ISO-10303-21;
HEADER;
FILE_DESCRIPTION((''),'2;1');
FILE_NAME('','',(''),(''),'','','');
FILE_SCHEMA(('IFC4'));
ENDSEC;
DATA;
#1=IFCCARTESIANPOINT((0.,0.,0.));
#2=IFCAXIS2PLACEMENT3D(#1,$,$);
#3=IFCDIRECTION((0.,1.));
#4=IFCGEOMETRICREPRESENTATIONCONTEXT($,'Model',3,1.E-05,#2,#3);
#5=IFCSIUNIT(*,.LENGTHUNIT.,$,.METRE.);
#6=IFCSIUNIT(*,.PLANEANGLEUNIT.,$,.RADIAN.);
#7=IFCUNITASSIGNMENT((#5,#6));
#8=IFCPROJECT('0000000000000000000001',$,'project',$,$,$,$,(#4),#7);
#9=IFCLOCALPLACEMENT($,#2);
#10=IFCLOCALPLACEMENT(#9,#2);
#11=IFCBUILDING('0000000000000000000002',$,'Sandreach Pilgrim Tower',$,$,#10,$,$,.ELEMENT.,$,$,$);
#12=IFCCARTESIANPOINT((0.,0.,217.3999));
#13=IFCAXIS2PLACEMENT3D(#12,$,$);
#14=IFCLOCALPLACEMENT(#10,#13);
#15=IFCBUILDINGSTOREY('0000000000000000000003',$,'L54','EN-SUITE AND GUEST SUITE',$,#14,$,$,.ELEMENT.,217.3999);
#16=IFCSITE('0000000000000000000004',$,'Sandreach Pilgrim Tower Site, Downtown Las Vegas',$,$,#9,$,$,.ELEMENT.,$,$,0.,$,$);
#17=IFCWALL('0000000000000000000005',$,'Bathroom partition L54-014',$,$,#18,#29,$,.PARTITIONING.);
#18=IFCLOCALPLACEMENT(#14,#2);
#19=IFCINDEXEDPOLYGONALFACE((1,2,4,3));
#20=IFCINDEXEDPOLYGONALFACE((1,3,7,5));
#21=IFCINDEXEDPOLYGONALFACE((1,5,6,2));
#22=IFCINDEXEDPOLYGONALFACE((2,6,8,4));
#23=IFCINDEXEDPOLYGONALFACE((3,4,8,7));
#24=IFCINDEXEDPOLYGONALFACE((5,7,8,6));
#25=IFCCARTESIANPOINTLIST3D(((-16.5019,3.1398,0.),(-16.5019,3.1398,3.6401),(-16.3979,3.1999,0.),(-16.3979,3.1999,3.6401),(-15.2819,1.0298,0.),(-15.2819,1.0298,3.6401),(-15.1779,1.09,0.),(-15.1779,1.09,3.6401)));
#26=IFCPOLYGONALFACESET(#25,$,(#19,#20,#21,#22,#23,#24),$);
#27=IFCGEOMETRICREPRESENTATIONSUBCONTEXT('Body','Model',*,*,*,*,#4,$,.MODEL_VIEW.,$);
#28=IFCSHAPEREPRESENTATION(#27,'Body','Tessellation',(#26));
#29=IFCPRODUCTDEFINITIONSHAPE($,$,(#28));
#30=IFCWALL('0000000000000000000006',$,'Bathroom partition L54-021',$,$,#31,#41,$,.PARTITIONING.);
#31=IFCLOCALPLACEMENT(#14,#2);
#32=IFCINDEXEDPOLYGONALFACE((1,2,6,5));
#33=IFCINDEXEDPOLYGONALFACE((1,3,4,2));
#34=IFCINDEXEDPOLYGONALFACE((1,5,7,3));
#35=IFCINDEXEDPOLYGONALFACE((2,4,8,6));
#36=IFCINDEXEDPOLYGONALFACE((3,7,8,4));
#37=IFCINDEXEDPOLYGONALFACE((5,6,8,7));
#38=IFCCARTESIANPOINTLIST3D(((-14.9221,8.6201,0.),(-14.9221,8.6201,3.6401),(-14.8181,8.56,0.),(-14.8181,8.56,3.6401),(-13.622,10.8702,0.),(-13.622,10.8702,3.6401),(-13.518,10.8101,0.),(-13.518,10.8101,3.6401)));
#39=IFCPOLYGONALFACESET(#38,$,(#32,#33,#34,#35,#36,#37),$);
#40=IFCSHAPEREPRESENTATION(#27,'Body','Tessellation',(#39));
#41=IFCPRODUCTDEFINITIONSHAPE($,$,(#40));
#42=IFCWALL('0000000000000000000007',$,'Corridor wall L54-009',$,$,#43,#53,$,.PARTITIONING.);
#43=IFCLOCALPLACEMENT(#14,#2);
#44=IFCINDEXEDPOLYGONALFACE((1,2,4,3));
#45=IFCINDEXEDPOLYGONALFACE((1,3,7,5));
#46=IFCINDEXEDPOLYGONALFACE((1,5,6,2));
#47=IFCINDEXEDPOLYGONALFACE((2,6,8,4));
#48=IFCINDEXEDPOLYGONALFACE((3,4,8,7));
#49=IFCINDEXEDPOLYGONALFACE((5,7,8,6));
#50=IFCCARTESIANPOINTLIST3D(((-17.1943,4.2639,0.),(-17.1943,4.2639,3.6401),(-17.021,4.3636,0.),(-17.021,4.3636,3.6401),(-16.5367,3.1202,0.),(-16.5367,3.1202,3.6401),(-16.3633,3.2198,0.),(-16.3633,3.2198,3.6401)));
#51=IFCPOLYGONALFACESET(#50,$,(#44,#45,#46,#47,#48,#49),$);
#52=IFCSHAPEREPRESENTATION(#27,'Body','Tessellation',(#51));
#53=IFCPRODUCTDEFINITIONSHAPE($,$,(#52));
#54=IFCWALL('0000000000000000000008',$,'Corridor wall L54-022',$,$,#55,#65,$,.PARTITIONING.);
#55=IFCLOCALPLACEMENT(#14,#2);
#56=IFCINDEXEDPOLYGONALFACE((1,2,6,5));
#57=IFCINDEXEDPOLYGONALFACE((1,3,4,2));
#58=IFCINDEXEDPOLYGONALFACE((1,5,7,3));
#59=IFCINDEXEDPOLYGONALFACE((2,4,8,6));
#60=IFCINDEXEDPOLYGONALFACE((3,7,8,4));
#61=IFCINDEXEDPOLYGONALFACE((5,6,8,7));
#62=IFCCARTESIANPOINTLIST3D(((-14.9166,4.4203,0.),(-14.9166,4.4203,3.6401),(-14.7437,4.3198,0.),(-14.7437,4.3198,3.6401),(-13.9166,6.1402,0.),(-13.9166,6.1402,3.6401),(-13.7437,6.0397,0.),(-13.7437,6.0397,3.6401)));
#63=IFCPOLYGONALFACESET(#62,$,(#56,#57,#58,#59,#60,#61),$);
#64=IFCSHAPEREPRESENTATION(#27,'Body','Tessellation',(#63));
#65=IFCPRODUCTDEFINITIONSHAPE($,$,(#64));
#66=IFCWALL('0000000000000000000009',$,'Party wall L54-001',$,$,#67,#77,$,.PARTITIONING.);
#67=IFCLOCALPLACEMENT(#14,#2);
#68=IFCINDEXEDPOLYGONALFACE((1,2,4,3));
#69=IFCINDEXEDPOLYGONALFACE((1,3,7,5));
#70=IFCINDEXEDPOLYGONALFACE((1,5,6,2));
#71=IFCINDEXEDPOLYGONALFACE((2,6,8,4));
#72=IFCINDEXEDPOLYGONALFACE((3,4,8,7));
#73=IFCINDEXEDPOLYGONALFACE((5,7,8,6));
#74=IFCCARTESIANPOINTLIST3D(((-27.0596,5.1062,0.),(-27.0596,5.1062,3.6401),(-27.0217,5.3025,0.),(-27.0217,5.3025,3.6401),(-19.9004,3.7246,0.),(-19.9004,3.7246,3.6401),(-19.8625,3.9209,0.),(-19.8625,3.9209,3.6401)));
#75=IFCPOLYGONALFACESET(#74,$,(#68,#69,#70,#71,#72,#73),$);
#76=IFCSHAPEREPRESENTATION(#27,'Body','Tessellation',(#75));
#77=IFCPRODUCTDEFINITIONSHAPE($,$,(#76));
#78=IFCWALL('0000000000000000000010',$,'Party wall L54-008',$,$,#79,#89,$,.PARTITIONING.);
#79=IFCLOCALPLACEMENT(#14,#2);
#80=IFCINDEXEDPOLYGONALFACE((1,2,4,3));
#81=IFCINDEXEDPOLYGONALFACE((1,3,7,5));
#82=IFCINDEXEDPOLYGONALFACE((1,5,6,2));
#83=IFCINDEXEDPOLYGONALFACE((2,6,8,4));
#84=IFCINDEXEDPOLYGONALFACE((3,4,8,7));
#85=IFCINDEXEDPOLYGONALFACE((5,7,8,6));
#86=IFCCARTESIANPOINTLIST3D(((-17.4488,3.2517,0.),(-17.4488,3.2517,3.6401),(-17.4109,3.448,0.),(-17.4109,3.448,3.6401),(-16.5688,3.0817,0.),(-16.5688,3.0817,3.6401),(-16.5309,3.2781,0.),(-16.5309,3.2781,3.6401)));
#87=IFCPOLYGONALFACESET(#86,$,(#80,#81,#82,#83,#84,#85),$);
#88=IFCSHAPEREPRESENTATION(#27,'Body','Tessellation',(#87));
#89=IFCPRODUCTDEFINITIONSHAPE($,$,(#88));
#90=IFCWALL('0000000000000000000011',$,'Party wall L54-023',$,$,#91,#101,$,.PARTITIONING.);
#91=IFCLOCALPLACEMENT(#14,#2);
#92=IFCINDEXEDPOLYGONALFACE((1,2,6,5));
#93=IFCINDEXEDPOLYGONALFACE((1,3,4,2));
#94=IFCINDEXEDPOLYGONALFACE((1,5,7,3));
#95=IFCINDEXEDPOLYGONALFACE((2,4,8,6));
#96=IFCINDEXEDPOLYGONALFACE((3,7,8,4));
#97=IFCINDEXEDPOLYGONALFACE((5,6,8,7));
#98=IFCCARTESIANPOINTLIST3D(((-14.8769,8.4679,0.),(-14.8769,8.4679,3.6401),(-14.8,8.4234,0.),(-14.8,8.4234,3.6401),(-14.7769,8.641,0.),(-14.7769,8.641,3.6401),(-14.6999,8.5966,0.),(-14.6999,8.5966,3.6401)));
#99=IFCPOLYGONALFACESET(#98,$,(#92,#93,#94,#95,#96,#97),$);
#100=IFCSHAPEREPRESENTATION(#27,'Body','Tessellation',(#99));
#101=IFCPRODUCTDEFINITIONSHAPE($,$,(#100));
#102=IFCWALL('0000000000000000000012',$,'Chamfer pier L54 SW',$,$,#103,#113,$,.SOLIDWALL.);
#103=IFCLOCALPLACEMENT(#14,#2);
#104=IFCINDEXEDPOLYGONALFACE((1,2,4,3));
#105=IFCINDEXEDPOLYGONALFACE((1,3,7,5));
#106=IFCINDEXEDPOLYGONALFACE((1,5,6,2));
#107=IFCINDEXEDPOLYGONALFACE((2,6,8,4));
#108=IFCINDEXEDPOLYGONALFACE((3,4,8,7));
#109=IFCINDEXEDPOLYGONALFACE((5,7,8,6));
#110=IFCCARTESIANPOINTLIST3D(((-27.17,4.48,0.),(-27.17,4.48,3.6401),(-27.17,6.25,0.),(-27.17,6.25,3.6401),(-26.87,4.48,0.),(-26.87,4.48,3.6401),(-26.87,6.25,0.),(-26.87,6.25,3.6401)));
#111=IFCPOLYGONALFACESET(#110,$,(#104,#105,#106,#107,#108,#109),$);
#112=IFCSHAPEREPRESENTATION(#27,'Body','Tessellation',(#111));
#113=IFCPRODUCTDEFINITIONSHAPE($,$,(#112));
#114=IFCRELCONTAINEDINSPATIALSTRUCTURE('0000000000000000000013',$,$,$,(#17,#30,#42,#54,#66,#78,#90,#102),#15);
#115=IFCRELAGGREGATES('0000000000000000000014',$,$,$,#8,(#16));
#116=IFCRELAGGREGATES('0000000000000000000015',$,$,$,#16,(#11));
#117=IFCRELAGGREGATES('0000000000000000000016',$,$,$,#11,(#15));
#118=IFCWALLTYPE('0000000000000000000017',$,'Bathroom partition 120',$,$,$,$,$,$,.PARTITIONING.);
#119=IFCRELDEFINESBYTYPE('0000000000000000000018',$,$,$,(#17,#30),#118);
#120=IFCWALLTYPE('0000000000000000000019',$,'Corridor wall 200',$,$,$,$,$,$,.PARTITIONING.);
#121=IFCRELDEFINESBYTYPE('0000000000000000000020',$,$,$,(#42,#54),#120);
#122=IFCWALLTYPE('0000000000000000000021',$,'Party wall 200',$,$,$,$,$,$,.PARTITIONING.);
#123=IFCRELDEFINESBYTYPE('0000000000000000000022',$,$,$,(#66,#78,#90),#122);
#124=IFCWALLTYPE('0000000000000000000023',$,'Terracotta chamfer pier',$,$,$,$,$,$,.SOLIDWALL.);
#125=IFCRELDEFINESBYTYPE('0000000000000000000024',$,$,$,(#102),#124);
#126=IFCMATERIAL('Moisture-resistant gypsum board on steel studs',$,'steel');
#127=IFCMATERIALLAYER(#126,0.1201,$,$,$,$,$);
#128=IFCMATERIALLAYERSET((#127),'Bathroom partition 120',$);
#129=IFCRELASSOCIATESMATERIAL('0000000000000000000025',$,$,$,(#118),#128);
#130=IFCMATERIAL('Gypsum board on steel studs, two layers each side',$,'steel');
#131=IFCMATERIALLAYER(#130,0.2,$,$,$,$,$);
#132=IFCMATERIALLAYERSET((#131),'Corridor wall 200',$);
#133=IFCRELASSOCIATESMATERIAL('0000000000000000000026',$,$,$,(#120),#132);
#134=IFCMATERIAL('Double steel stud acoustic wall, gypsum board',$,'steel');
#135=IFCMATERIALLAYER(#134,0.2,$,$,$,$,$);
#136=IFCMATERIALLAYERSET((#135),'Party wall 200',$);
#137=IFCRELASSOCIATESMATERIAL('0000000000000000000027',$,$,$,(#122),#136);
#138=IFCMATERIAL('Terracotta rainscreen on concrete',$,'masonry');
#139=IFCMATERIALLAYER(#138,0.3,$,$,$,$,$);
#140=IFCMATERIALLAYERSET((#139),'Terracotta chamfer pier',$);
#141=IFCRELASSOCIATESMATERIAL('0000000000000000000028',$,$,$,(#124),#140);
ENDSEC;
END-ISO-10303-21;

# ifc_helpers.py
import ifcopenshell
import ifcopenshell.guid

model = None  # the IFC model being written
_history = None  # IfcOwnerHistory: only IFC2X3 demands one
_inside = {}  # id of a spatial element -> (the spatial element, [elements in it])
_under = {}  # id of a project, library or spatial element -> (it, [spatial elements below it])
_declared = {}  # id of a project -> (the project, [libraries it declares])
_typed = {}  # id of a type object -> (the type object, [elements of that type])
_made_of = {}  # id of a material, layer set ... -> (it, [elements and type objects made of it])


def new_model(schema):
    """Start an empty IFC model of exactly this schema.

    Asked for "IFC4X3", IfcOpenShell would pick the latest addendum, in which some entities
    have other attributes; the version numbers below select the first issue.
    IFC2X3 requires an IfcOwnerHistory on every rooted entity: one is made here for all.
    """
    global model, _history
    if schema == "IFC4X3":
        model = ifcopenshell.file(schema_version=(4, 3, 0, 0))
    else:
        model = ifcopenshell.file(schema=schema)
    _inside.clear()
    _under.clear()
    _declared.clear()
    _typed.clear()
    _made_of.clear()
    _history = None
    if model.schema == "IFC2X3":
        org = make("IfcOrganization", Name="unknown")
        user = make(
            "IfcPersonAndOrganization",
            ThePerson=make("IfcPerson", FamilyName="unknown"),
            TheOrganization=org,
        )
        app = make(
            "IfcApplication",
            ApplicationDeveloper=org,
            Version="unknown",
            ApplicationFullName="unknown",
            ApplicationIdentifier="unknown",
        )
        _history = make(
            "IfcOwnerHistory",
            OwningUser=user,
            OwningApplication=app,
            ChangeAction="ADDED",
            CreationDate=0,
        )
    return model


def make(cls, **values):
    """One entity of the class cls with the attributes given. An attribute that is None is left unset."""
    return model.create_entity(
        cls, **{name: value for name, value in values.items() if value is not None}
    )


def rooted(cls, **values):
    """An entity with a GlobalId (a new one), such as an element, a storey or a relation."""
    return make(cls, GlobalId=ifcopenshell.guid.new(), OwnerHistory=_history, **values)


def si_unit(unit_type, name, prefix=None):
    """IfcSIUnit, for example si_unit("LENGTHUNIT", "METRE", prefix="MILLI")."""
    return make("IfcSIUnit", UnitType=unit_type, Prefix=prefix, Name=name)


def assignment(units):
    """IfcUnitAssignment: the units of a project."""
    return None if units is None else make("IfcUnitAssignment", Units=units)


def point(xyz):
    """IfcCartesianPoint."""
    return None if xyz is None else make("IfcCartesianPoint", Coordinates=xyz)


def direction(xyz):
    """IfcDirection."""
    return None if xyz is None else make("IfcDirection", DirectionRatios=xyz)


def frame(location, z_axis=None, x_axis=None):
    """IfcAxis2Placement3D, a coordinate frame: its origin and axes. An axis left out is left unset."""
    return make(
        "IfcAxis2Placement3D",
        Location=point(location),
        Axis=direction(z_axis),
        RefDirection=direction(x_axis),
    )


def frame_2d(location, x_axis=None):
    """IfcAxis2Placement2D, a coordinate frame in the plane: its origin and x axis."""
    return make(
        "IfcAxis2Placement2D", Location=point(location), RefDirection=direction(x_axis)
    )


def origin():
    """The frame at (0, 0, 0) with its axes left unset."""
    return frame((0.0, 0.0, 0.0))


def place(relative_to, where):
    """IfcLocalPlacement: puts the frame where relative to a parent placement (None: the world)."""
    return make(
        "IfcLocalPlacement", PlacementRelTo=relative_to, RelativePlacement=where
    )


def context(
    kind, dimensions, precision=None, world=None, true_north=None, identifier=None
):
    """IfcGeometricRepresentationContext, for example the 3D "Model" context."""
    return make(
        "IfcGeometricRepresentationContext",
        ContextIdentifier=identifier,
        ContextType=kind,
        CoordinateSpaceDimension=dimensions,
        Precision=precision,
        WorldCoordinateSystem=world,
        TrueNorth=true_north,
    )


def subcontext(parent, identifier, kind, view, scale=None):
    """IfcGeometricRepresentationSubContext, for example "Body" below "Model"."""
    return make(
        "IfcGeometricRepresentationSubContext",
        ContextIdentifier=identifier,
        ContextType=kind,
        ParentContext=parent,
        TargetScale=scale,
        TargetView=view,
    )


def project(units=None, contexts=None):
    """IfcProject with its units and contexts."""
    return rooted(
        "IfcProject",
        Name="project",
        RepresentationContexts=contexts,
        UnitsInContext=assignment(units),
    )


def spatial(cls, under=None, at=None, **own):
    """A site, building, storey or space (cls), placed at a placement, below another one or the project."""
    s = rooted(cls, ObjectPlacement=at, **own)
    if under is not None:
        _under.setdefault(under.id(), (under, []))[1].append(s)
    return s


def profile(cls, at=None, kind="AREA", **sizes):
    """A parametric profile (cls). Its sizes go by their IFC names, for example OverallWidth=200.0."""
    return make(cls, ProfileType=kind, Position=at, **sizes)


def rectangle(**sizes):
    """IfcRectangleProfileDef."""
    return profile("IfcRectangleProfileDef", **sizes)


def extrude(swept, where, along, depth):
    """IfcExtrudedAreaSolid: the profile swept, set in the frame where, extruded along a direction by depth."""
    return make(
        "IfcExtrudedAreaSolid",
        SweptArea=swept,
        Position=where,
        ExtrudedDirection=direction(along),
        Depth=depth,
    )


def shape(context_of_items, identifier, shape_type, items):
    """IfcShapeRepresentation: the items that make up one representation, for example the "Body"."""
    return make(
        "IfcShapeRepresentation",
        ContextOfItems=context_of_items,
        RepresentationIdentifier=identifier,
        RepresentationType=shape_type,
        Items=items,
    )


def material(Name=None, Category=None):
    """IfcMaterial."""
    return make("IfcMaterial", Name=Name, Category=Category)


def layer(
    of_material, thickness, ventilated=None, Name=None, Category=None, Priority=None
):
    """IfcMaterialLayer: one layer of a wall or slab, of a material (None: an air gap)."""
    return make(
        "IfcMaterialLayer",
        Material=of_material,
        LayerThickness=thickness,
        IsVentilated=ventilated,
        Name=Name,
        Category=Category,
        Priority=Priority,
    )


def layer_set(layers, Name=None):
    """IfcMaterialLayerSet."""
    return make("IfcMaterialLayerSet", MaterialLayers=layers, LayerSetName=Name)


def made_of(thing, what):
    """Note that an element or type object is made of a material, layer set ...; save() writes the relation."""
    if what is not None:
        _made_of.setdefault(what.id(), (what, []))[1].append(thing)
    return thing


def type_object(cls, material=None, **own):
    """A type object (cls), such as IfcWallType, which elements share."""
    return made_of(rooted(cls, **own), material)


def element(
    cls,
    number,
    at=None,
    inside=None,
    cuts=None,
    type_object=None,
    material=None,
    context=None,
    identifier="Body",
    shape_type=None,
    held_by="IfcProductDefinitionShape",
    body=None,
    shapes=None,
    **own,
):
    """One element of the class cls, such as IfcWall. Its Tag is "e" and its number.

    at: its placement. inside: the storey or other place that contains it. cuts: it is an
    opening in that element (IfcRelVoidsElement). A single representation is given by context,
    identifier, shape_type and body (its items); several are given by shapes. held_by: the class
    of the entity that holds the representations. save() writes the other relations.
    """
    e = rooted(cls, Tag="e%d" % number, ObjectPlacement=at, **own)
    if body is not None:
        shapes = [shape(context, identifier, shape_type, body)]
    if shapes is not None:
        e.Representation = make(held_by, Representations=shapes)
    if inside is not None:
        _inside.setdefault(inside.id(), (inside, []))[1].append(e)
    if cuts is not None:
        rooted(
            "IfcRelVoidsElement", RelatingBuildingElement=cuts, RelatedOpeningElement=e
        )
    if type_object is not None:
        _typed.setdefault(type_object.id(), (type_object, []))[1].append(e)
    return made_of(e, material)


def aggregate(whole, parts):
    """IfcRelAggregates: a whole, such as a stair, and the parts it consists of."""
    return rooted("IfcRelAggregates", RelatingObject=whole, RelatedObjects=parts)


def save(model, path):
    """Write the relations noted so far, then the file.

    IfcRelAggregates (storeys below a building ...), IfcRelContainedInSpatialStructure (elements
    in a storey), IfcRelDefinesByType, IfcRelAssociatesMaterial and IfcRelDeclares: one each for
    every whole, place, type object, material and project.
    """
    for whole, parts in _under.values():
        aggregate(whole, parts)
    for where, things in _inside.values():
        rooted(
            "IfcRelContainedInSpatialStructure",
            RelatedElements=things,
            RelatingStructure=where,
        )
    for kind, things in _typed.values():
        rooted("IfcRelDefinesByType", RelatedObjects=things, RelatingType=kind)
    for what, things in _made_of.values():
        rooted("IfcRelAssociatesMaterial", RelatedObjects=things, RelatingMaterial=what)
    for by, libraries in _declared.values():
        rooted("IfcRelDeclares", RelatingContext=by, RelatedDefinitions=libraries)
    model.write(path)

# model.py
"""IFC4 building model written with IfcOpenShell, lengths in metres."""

from ifc_helpers import new_model, si_unit, direction, frame, frame_2d, origin, place, context, subcontext, project, spatial, rectangle, extrude, material, layer, layer_set, type_object, element, save


model = new_model("IFC4")

# Units and contexts
model_context = context("Model", 3, precision=1e-05, world=origin(), true_north=direction((0.0, 1.0)))
body_context = subcontext(model_context, "Body", "Model", "MODEL_VIEW")
ifc_project = project(units=[si_unit("LENGTHUNIT", "METRE"), si_unit("PLANEANGLEUNIT", "RADIAN")], contexts=[model_context])

# Site, building, storey
site_placement = place(None, origin())
site = spatial("IfcSite", under=ifc_project, at=site_placement, Name="Sandreach Pilgrim Tower Site, Downtown Las Vegas", CompositionType="ELEMENT", RefElevation=0.0)
building_placement = place(site_placement, origin())
building = spatial("IfcBuilding", under=site, at=building_placement, Name="Sandreach Pilgrim Tower", CompositionType="ELEMENT")
storey_placement = place(building_placement, frame((0.0, 0.0, 217.3999)))
storey = spatial("IfcBuildingStorey", under=building, at=storey_placement, Name="L54", Description="EN-SUITE AND GUEST SUITE", CompositionType="ELEMENT", Elevation=217.3999)

# Shared definitions
ifc_material_1 = material(Name="Moisture-resistant gypsum board on steel studs", Category="steel")
ifc_layer_1 = layer(ifc_material_1, 0.1201)
ifc_layer_set_1 = layer_set([ifc_layer_1], Name="Bathroom partition 120")
wall_type_1 = type_object("IfcWallType", Name="Bathroom partition 120", PredefinedType="PARTITIONING", material=ifc_layer_set_1)

# Walls
wall_1_placement = place(storey_placement, frame((-16.45, 3.1699, 0.0), z_axis=(0.0, 0.0, 1.0), x_axis=(0.500566, -0.865698, 0.0)))
element("IfcWall", 1, at=wall_1_placement, inside=storey, type_object=wall_type_1, Name="Bathroom partition L54-014", PredefinedType="PARTITIONING", context=body_context, shape_type="SweptSolid", body=[
    extrude(rectangle(XDim=2.4373, YDim=0.1201, at=frame_2d((1.2188, 0.0))), origin(), (0.0, 0.0, 1.0), 3.6401),
])
wall_2_placement = place(storey_placement, frame((-14.8701, 8.5901, 0.0), z_axis=(0.0, 0.0, 1.0), x_axis=(0.500292, 0.865857, 0.0)))
element("IfcWall", 2, at=wall_2_placement, inside=storey, type_object=wall_type_1, Name="Bathroom partition L54-021", PredefinedType="PARTITIONING", context=body_context, shape_type="SweptSolid", body=[
    extrude(rectangle(XDim=2.5986, YDim=0.1201, at=frame_2d((1.2993, 0.0))), origin(), (0.0, 0.0, 1.0), 3.6401),
])
ifc_material_2 = material(Name="Gypsum board on steel studs, two layers each side", Category="steel")
ifc_layer_2 = layer(ifc_material_2, 0.2)
ifc_layer_set_2 = layer_set([ifc_layer_2], Name="Corridor wall 200")
wall_type_2 = type_object("IfcWallType", Name="Corridor wall 200", PredefinedType="PARTITIONING", material=ifc_layer_set_2)
wall_3_placement = place(storey_placement, frame((-17.1077, 4.3137, 0.0), z_axis=(0.0, 0.0, 1.0), x_axis=(0.498489, -0.866896, 0.0)))
element("IfcWall", 3, at=wall_3_placement, inside=storey, type_object=wall_type_2, Name="Corridor wall L54-009", PredefinedType="PARTITIONING", context=body_context, shape_type="SweptSolid", body=[
    extrude(rectangle(XDim=1.3193, YDim=0.2, at=frame_2d((0.6597, 0.0))), origin(), (0.0, 0.0, 1.0), 3.6401),
])

# Walls
wall_4_placement = place(storey_placement, frame((-14.8301, 4.3701, 0.0), z_axis=(0.0, 0.0, 1.0), x_axis=(0.502627, 0.864503, 0.0)))
element("IfcWall", 4, at=wall_4_placement, inside=storey, type_object=wall_type_2, Name="Corridor wall L54-022", PredefinedType="PARTITIONING", context=body_context, shape_type="SweptSolid", body=[
    extrude(rectangle(XDim=1.9895, YDim=0.2, at=frame_2d((0.9946, 0.0))), origin(), (0.0, 0.0, 1.0), 3.6401),
])
ifc_material_3 = material(Name="Double steel stud acoustic wall, gypsum board", Category="steel")
ifc_layer_3 = layer(ifc_material_3, 0.2)
ifc_layer_set_3 = layer_set([ifc_layer_3], Name="Party wall 200")
wall_type_3 = type_object("IfcWallType", Name="Party wall 200", PredefinedType="PARTITIONING", material=ifc_layer_set_3)
wall_5_placement = place(storey_placement, frame((-27.0405, 5.2043, 0.0), z_axis=(0.0, 0.0, 1.0), x_axis=(0.981883, -0.189486, 0.0)))
element("IfcWall", 5, at=wall_5_placement, inside=storey, type_object=wall_type_3, Name="Party wall L54-001", PredefinedType="PARTITIONING", context=body_context, shape_type="SweptSolid", body=[
    extrude(rectangle(XDim=7.2913, YDim=0.2, at=frame_2d((3.6455, 0.0))), origin(), (0.0, 0.0, 1.0), 3.6401),
])
wall_6_placement = place(storey_placement, frame((-17.4299, 3.3499, 0.0), z_axis=(0.0, 0.0, 1.0), x_axis=(0.981858, -0.189615, 0.0)))
element("IfcWall", 6, at=wall_6_placement, inside=storey, type_object=wall_type_3, Name="Party wall L54-008", PredefinedType="PARTITIONING", context=body_context, shape_type="SweptSolid", body=[
    extrude(rectangle(XDim=0.8962, YDim=0.2, at=frame_2d((0.4482, 0.0))), origin(), (0.0, 0.0, 1.0), 3.6401),
])
wall_7_placement = place(storey_placement, frame((-14.8269, 8.5544, 0.0), z_axis=(0.0, 0.0, 1.0), x_axis=(0.865865, -0.500278, 0.0)))
element("IfcWall", 7, at=wall_7_placement, inside=storey, type_object=wall_type_3, Name="Party wall L54-023", PredefinedType="PARTITIONING", context=body_context, shape_type="SweptSolid", body=[
    extrude(rectangle(XDim=0.0889, YDim=0.2, at=frame_2d((0.0444, 0.0))), origin(), (0.0, 0.0, 1.0), 3.6401),
])
ifc_material_4 = material(Name="Terracotta rainscreen on concrete", Category="masonry")
ifc_layer_4 = layer(ifc_material_4, 0.3)
ifc_layer_set_4 = layer_set([ifc_layer_4], Name="Terracotta chamfer pier")
wall_type_4 = type_object("IfcWallType", Name="Terracotta chamfer pier", PredefinedType="SOLIDWALL", material=ifc_layer_set_4)
wall_8_placement = place(storey_placement, frame((-27.02, 4.48, 0.0), z_axis=(0.0, 0.0, 1.0), x_axis=(0.0, 1.0, 0.0)))
element("IfcWall", 8, at=wall_8_placement, inside=storey, type_object=wall_type_4, Name="Chamfer pier L54 SW", PredefinedType="SOLIDWALL", context=body_context, shape_type="SweptSolid", body=[
    extrude(rectangle(XDim=1.77, YDim=0.3, at=frame_2d((0.885, 0.0))), origin(), (0.0, 0.0, 1.0), 3.6401),
])

save(model, "model.ifc")
